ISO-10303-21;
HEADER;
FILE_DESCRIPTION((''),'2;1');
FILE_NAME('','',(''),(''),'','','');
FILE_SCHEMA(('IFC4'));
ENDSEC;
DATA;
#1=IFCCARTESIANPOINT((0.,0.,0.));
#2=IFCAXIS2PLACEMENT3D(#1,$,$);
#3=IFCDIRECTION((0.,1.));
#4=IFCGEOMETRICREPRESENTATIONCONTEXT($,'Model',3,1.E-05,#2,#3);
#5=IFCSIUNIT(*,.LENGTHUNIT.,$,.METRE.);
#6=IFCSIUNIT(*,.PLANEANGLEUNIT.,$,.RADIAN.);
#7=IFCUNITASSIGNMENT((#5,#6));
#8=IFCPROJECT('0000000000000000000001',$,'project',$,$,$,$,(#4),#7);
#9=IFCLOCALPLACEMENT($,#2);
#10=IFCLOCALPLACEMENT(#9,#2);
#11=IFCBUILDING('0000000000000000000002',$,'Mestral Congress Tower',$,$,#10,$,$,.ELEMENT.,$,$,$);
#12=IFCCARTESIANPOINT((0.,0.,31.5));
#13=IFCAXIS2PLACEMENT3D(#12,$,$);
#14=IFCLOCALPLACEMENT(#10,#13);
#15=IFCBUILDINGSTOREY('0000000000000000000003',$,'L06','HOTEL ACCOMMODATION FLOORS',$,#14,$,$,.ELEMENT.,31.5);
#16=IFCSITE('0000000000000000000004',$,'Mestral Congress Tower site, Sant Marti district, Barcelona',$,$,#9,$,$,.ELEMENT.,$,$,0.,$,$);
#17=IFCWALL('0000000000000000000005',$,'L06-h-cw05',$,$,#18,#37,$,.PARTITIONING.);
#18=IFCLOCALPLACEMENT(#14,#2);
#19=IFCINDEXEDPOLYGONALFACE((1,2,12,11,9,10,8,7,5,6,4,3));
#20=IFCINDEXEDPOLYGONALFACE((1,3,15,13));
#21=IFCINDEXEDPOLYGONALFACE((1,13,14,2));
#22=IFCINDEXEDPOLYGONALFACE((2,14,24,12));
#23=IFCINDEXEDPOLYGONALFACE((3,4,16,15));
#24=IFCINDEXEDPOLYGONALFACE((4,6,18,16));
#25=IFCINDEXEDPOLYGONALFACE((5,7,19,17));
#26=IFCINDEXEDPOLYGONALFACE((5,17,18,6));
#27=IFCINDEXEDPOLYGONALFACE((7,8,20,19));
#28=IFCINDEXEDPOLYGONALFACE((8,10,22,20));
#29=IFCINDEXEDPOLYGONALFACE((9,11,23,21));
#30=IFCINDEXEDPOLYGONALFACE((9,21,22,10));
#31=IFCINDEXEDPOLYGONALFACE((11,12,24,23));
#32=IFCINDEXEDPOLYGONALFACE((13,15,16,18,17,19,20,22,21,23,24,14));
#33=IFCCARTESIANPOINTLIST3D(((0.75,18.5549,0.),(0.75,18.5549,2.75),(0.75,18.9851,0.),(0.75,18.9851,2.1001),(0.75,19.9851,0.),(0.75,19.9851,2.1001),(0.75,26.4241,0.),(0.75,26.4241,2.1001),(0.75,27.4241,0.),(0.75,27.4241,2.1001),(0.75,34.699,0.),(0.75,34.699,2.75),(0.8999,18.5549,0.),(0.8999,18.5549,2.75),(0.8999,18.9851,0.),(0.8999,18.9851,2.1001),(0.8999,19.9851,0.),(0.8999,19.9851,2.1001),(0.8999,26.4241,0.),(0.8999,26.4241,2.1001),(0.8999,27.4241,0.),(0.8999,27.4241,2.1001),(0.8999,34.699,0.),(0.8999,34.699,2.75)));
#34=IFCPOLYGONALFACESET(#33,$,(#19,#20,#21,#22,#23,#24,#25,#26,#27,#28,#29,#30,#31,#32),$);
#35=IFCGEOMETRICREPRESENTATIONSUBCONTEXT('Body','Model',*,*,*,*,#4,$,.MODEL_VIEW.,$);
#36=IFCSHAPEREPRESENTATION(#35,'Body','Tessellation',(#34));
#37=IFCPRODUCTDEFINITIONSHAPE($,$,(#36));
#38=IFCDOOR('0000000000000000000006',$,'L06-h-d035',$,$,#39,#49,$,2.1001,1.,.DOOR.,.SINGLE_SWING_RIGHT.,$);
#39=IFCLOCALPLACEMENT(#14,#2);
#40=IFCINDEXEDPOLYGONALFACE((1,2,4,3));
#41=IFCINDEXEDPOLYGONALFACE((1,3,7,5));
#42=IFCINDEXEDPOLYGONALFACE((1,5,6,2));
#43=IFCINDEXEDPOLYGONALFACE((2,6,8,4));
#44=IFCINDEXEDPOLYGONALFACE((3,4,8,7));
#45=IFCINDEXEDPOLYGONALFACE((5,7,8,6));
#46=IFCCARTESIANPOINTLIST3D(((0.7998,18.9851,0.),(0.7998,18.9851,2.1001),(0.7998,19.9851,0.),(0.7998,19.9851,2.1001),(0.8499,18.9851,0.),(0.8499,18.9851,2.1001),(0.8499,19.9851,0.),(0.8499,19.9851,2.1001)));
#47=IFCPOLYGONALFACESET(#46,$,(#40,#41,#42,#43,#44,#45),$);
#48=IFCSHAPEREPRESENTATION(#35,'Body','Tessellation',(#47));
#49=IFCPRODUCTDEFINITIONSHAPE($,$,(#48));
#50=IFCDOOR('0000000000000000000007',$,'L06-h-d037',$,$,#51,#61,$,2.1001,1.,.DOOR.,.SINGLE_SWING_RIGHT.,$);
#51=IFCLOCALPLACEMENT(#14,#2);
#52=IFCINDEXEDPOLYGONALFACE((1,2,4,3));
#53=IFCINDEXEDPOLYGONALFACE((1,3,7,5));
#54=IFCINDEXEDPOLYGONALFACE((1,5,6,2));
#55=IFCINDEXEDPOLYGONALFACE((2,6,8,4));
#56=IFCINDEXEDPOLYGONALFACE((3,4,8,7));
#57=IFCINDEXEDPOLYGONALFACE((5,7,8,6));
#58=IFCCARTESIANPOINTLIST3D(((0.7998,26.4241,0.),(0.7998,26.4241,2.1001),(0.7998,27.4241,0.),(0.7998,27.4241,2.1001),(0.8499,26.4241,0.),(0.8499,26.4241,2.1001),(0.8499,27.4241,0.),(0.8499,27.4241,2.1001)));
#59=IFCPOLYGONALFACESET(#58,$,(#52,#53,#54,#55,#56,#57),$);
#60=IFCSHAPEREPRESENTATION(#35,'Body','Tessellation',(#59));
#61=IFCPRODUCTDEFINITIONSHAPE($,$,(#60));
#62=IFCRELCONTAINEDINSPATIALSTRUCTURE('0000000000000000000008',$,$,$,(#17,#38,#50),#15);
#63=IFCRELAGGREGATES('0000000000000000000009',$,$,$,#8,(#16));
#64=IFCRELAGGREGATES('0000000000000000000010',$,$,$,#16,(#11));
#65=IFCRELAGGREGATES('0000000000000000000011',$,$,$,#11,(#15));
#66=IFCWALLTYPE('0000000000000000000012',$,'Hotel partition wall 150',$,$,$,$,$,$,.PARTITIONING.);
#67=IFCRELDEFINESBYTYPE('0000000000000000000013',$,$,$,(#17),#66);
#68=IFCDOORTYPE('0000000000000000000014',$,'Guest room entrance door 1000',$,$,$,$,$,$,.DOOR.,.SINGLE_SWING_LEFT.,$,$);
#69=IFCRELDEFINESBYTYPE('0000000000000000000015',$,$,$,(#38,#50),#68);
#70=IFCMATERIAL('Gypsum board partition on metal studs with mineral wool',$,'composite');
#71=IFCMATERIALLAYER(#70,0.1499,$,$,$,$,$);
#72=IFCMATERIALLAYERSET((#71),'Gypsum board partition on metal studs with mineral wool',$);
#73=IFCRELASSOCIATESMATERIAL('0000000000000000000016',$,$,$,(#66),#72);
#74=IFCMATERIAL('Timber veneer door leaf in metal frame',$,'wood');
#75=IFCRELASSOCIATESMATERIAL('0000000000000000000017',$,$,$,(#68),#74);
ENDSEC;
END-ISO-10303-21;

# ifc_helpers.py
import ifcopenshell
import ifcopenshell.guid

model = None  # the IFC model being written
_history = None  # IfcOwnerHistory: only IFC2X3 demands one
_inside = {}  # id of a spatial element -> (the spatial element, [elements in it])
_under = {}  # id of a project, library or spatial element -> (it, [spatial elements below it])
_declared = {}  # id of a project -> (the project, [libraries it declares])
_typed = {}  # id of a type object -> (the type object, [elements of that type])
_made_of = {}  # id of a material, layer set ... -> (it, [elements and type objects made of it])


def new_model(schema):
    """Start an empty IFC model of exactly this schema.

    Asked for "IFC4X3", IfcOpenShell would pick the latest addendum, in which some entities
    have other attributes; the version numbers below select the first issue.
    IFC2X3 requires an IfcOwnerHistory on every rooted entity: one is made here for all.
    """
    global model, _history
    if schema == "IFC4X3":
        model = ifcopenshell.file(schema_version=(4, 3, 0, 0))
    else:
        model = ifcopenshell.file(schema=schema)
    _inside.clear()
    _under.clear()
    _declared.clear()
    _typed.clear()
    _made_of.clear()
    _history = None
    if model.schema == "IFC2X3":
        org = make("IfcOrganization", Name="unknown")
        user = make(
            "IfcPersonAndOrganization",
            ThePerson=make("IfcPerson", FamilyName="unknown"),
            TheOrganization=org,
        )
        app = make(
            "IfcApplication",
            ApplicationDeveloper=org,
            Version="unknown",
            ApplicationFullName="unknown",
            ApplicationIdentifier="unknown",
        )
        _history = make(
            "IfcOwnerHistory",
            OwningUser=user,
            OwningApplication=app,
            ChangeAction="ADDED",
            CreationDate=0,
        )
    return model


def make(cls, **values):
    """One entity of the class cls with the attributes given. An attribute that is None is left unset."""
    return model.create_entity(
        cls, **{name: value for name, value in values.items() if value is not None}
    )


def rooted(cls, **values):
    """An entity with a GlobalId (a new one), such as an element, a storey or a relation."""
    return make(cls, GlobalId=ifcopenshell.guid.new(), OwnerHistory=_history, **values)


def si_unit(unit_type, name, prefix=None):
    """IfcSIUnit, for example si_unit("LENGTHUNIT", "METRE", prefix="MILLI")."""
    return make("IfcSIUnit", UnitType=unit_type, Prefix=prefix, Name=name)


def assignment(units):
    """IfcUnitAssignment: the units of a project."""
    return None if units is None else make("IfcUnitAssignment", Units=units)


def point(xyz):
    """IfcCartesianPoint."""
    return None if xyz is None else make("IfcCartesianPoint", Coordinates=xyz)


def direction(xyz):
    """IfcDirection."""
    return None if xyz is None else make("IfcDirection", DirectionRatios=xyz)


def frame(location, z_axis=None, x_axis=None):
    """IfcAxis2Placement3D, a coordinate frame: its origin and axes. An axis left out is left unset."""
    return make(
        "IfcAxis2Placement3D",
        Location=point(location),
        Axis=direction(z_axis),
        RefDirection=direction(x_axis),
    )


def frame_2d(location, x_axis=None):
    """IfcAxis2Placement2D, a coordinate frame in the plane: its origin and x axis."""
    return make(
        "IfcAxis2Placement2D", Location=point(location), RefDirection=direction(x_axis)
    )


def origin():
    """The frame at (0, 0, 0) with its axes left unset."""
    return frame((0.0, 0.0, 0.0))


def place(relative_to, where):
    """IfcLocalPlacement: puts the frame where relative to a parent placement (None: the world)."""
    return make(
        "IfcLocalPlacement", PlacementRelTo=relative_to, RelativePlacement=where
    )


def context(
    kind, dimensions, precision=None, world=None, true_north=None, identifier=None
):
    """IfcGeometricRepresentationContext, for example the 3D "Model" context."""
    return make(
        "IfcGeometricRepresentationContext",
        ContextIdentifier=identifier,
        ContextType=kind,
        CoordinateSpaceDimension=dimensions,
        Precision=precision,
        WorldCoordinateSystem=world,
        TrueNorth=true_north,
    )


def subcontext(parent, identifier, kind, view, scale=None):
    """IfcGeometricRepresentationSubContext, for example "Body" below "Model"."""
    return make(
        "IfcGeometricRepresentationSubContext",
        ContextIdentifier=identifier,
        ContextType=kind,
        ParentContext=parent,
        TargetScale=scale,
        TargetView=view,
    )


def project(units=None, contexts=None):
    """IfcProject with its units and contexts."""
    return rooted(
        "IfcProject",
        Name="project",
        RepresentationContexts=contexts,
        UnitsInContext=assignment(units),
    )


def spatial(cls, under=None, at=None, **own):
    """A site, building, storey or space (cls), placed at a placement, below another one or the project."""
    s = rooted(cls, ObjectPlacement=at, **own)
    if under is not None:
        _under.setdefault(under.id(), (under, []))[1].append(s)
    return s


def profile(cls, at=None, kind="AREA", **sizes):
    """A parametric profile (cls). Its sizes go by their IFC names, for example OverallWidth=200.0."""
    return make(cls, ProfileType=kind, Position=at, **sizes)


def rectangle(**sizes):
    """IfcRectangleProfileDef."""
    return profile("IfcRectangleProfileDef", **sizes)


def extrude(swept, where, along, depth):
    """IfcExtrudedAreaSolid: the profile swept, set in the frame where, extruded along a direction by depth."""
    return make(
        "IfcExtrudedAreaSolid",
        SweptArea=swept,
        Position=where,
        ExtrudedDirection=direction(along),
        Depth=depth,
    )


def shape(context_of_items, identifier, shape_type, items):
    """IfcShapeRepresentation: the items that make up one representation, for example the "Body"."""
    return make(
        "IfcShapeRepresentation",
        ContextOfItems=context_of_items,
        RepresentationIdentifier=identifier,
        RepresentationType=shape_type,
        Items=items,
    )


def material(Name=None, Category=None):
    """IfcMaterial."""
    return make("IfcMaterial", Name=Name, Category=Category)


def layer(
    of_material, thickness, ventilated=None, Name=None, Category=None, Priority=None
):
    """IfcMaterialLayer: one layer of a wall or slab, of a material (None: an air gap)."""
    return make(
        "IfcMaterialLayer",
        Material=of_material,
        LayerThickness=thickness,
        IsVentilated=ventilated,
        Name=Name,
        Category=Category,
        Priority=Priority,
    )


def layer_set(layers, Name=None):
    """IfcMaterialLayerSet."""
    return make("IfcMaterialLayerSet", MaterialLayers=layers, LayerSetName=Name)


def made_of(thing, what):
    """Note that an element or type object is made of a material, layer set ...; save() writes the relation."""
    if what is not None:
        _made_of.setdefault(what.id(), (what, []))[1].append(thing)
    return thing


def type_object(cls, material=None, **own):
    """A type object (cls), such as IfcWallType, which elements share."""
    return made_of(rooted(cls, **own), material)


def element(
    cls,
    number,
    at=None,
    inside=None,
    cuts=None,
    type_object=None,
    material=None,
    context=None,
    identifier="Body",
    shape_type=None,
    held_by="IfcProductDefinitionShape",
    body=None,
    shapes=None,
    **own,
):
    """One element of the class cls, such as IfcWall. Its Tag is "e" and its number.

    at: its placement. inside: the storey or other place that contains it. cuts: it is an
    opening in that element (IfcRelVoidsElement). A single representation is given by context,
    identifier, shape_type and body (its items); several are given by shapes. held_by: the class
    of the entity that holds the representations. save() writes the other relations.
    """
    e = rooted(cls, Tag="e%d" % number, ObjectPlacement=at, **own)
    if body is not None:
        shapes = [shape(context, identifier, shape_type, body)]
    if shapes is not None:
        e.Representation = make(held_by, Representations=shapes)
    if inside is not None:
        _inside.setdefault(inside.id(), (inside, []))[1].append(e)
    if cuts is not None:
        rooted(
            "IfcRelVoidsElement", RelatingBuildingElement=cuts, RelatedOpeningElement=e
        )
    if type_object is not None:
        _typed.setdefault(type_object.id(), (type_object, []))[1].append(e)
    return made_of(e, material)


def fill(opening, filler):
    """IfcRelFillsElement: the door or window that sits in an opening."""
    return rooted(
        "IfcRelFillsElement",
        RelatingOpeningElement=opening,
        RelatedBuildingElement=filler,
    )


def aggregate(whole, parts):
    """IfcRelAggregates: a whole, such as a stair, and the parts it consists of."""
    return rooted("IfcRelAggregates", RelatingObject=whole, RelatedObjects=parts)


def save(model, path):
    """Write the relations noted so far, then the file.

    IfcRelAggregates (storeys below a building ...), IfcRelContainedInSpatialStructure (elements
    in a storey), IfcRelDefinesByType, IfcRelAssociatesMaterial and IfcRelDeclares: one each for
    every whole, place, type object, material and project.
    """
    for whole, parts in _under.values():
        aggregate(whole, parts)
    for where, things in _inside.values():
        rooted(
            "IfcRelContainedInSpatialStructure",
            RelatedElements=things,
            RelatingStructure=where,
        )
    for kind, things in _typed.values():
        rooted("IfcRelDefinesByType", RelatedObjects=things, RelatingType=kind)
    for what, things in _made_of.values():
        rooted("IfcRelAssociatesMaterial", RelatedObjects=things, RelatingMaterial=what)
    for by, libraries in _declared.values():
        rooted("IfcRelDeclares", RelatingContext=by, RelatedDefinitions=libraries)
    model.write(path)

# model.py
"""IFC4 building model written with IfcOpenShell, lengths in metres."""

from ifc_helpers import new_model, si_unit, direction, frame, frame_2d, origin, place, context, subcontext, project, spatial, rectangle, extrude, material, layer, layer_set, type_object, element, fill, save


model = new_model("IFC4")

# Units and contexts
model_context = context("Model", 3, precision=1e-05, world=origin(), true_north=direction((0.0, 1.0)))
body_context = subcontext(model_context, "Body", "Model", "MODEL_VIEW")
ifc_project = project(units=[si_unit("LENGTHUNIT", "METRE"), si_unit("PLANEANGLEUNIT", "RADIAN")], contexts=[model_context])

# Site, building, storey
site_placement = place(None, origin())
site = spatial("IfcSite", under=ifc_project, at=site_placement, Name="Mestral Congress Tower site, Sant Marti district, Barcelona", CompositionType="ELEMENT", RefElevation=0.0)
building_placement = place(site_placement, origin())
building = spatial("IfcBuilding", under=site, at=building_placement, Name="Mestral Congress Tower", CompositionType="ELEMENT")
storey_placement = place(building_placement, frame((0.0, 0.0, 31.5)))
storey = spatial("IfcBuildingStorey", under=building, at=storey_placement, Name="L06", Description="HOTEL ACCOMMODATION FLOORS", CompositionType="ELEMENT", Elevation=31.5)

# Shared definitions
ifc_material_1 = material(Name="Gypsum board partition on metal studs with mineral wool", Category="composite")

# Wall, openings, doors
ifc_layer_1 = layer(ifc_material_1, 0.1499)
ifc_layer_set_1 = layer_set([ifc_layer_1], Name="Gypsum board partition on metal studs with mineral wool")
wall_type_1 = type_object("IfcWallType", Name="Hotel partition wall 150", PredefinedType="PARTITIONING", material=ifc_layer_set_1)
wall_1_placement = place(storey_placement, frame((0.825, 34.699, 0.0), z_axis=(0.0, 0.0, 1.0), x_axis=(0.0, -1.0, 0.0)))
wall_1 = element("IfcWall", 1, at=wall_1_placement, inside=storey, type_object=wall_type_1, Name="L06-h-cw05", PredefinedType="PARTITIONING", context=body_context, shape_type="SweptSolid", body=[
    extrude(rectangle(XDim=16.144, YDim=0.1499, at=frame_2d((8.072, 0.0))), origin(), (0.0, 0.0, 1.0), 2.75),
])
opening_1_placement = place(wall_1_placement, frame((14.7139, 0.0, 0.0)))
opening_1 = element("IfcOpeningElement", 2, at=opening_1_placement, cuts=wall_1, PredefinedType="OPENING", context=body_context, shape_type="SweptSolid", body=[
    extrude(rectangle(XDim=1.0, YDim=2.1001, at=frame_2d((0.5, 1.05))), frame((0.0, 0.085, 0.0), z_axis=(0.0, -1.0, 0.0), x_axis=(1.0, 0.0, 0.0)), (0.0, 0.0, 1.0), 0.1699),
])
opening_2_placement = place(wall_1_placement, frame((7.2749, 0.0, 0.0)))
opening_2 = element("IfcOpeningElement", 3, at=opening_2_placement, cuts=wall_1, PredefinedType="OPENING", context=body_context, shape_type="SweptSolid", body=[
    extrude(rectangle(XDim=1.0, YDim=2.1001, at=frame_2d((0.5, 1.05))), frame((0.0, 0.085, 0.0), z_axis=(0.0, -1.0, 0.0), x_axis=(1.0, 0.0, 0.0)), (0.0, 0.0, 1.0), 0.1699),
])
ifc_material_2 = material(Name="Timber veneer door leaf in metal frame", Category="wood")
door_type_1 = type_object("IfcDoorType", Name="Guest room entrance door 1000", OperationType="SINGLE_SWING_LEFT", PredefinedType="DOOR", material=ifc_material_2)
door_1_placement = place(opening_1_placement, origin())
door_1 = element("IfcDoor", 4, at=door_1_placement, inside=storey, type_object=door_type_1, Name="L06-h-d035", OperationType="SINGLE_SWING_RIGHT", OverallHeight=2.1001, OverallWidth=1.0, PredefinedType="DOOR", context=body_context, shape_type="SweptSolid", body=[
    extrude(rectangle(XDim=1.0, YDim=2.1001, at=frame_2d((0.5, 1.05))), frame((0.0, 0.0249, 0.0), z_axis=(0.0, -1.0, 0.0), x_axis=(1.0, 0.0, 0.0)), (0.0, 0.0, 1.0), 0.05),
])
fill(opening_1, door_1)
door_2_placement = place(opening_2_placement, origin())
door_2 = element("IfcDoor", 5, at=door_2_placement, inside=storey, type_object=door_type_1, Name="L06-h-d037", OperationType="SINGLE_SWING_RIGHT", OverallHeight=2.1001, OverallWidth=1.0, PredefinedType="DOOR", context=body_context, shape_type="SweptSolid", body=[
    extrude(rectangle(XDim=1.0, YDim=2.1001, at=frame_2d((0.5, 1.05))), frame((0.0, 0.0249, 0.0), z_axis=(0.0, -1.0, 0.0), x_axis=(1.0, 0.0, 0.0)), (0.0, 0.0, 1.0), 0.05),
])
fill(opening_2, door_2)

save(model, "model.ifc")
